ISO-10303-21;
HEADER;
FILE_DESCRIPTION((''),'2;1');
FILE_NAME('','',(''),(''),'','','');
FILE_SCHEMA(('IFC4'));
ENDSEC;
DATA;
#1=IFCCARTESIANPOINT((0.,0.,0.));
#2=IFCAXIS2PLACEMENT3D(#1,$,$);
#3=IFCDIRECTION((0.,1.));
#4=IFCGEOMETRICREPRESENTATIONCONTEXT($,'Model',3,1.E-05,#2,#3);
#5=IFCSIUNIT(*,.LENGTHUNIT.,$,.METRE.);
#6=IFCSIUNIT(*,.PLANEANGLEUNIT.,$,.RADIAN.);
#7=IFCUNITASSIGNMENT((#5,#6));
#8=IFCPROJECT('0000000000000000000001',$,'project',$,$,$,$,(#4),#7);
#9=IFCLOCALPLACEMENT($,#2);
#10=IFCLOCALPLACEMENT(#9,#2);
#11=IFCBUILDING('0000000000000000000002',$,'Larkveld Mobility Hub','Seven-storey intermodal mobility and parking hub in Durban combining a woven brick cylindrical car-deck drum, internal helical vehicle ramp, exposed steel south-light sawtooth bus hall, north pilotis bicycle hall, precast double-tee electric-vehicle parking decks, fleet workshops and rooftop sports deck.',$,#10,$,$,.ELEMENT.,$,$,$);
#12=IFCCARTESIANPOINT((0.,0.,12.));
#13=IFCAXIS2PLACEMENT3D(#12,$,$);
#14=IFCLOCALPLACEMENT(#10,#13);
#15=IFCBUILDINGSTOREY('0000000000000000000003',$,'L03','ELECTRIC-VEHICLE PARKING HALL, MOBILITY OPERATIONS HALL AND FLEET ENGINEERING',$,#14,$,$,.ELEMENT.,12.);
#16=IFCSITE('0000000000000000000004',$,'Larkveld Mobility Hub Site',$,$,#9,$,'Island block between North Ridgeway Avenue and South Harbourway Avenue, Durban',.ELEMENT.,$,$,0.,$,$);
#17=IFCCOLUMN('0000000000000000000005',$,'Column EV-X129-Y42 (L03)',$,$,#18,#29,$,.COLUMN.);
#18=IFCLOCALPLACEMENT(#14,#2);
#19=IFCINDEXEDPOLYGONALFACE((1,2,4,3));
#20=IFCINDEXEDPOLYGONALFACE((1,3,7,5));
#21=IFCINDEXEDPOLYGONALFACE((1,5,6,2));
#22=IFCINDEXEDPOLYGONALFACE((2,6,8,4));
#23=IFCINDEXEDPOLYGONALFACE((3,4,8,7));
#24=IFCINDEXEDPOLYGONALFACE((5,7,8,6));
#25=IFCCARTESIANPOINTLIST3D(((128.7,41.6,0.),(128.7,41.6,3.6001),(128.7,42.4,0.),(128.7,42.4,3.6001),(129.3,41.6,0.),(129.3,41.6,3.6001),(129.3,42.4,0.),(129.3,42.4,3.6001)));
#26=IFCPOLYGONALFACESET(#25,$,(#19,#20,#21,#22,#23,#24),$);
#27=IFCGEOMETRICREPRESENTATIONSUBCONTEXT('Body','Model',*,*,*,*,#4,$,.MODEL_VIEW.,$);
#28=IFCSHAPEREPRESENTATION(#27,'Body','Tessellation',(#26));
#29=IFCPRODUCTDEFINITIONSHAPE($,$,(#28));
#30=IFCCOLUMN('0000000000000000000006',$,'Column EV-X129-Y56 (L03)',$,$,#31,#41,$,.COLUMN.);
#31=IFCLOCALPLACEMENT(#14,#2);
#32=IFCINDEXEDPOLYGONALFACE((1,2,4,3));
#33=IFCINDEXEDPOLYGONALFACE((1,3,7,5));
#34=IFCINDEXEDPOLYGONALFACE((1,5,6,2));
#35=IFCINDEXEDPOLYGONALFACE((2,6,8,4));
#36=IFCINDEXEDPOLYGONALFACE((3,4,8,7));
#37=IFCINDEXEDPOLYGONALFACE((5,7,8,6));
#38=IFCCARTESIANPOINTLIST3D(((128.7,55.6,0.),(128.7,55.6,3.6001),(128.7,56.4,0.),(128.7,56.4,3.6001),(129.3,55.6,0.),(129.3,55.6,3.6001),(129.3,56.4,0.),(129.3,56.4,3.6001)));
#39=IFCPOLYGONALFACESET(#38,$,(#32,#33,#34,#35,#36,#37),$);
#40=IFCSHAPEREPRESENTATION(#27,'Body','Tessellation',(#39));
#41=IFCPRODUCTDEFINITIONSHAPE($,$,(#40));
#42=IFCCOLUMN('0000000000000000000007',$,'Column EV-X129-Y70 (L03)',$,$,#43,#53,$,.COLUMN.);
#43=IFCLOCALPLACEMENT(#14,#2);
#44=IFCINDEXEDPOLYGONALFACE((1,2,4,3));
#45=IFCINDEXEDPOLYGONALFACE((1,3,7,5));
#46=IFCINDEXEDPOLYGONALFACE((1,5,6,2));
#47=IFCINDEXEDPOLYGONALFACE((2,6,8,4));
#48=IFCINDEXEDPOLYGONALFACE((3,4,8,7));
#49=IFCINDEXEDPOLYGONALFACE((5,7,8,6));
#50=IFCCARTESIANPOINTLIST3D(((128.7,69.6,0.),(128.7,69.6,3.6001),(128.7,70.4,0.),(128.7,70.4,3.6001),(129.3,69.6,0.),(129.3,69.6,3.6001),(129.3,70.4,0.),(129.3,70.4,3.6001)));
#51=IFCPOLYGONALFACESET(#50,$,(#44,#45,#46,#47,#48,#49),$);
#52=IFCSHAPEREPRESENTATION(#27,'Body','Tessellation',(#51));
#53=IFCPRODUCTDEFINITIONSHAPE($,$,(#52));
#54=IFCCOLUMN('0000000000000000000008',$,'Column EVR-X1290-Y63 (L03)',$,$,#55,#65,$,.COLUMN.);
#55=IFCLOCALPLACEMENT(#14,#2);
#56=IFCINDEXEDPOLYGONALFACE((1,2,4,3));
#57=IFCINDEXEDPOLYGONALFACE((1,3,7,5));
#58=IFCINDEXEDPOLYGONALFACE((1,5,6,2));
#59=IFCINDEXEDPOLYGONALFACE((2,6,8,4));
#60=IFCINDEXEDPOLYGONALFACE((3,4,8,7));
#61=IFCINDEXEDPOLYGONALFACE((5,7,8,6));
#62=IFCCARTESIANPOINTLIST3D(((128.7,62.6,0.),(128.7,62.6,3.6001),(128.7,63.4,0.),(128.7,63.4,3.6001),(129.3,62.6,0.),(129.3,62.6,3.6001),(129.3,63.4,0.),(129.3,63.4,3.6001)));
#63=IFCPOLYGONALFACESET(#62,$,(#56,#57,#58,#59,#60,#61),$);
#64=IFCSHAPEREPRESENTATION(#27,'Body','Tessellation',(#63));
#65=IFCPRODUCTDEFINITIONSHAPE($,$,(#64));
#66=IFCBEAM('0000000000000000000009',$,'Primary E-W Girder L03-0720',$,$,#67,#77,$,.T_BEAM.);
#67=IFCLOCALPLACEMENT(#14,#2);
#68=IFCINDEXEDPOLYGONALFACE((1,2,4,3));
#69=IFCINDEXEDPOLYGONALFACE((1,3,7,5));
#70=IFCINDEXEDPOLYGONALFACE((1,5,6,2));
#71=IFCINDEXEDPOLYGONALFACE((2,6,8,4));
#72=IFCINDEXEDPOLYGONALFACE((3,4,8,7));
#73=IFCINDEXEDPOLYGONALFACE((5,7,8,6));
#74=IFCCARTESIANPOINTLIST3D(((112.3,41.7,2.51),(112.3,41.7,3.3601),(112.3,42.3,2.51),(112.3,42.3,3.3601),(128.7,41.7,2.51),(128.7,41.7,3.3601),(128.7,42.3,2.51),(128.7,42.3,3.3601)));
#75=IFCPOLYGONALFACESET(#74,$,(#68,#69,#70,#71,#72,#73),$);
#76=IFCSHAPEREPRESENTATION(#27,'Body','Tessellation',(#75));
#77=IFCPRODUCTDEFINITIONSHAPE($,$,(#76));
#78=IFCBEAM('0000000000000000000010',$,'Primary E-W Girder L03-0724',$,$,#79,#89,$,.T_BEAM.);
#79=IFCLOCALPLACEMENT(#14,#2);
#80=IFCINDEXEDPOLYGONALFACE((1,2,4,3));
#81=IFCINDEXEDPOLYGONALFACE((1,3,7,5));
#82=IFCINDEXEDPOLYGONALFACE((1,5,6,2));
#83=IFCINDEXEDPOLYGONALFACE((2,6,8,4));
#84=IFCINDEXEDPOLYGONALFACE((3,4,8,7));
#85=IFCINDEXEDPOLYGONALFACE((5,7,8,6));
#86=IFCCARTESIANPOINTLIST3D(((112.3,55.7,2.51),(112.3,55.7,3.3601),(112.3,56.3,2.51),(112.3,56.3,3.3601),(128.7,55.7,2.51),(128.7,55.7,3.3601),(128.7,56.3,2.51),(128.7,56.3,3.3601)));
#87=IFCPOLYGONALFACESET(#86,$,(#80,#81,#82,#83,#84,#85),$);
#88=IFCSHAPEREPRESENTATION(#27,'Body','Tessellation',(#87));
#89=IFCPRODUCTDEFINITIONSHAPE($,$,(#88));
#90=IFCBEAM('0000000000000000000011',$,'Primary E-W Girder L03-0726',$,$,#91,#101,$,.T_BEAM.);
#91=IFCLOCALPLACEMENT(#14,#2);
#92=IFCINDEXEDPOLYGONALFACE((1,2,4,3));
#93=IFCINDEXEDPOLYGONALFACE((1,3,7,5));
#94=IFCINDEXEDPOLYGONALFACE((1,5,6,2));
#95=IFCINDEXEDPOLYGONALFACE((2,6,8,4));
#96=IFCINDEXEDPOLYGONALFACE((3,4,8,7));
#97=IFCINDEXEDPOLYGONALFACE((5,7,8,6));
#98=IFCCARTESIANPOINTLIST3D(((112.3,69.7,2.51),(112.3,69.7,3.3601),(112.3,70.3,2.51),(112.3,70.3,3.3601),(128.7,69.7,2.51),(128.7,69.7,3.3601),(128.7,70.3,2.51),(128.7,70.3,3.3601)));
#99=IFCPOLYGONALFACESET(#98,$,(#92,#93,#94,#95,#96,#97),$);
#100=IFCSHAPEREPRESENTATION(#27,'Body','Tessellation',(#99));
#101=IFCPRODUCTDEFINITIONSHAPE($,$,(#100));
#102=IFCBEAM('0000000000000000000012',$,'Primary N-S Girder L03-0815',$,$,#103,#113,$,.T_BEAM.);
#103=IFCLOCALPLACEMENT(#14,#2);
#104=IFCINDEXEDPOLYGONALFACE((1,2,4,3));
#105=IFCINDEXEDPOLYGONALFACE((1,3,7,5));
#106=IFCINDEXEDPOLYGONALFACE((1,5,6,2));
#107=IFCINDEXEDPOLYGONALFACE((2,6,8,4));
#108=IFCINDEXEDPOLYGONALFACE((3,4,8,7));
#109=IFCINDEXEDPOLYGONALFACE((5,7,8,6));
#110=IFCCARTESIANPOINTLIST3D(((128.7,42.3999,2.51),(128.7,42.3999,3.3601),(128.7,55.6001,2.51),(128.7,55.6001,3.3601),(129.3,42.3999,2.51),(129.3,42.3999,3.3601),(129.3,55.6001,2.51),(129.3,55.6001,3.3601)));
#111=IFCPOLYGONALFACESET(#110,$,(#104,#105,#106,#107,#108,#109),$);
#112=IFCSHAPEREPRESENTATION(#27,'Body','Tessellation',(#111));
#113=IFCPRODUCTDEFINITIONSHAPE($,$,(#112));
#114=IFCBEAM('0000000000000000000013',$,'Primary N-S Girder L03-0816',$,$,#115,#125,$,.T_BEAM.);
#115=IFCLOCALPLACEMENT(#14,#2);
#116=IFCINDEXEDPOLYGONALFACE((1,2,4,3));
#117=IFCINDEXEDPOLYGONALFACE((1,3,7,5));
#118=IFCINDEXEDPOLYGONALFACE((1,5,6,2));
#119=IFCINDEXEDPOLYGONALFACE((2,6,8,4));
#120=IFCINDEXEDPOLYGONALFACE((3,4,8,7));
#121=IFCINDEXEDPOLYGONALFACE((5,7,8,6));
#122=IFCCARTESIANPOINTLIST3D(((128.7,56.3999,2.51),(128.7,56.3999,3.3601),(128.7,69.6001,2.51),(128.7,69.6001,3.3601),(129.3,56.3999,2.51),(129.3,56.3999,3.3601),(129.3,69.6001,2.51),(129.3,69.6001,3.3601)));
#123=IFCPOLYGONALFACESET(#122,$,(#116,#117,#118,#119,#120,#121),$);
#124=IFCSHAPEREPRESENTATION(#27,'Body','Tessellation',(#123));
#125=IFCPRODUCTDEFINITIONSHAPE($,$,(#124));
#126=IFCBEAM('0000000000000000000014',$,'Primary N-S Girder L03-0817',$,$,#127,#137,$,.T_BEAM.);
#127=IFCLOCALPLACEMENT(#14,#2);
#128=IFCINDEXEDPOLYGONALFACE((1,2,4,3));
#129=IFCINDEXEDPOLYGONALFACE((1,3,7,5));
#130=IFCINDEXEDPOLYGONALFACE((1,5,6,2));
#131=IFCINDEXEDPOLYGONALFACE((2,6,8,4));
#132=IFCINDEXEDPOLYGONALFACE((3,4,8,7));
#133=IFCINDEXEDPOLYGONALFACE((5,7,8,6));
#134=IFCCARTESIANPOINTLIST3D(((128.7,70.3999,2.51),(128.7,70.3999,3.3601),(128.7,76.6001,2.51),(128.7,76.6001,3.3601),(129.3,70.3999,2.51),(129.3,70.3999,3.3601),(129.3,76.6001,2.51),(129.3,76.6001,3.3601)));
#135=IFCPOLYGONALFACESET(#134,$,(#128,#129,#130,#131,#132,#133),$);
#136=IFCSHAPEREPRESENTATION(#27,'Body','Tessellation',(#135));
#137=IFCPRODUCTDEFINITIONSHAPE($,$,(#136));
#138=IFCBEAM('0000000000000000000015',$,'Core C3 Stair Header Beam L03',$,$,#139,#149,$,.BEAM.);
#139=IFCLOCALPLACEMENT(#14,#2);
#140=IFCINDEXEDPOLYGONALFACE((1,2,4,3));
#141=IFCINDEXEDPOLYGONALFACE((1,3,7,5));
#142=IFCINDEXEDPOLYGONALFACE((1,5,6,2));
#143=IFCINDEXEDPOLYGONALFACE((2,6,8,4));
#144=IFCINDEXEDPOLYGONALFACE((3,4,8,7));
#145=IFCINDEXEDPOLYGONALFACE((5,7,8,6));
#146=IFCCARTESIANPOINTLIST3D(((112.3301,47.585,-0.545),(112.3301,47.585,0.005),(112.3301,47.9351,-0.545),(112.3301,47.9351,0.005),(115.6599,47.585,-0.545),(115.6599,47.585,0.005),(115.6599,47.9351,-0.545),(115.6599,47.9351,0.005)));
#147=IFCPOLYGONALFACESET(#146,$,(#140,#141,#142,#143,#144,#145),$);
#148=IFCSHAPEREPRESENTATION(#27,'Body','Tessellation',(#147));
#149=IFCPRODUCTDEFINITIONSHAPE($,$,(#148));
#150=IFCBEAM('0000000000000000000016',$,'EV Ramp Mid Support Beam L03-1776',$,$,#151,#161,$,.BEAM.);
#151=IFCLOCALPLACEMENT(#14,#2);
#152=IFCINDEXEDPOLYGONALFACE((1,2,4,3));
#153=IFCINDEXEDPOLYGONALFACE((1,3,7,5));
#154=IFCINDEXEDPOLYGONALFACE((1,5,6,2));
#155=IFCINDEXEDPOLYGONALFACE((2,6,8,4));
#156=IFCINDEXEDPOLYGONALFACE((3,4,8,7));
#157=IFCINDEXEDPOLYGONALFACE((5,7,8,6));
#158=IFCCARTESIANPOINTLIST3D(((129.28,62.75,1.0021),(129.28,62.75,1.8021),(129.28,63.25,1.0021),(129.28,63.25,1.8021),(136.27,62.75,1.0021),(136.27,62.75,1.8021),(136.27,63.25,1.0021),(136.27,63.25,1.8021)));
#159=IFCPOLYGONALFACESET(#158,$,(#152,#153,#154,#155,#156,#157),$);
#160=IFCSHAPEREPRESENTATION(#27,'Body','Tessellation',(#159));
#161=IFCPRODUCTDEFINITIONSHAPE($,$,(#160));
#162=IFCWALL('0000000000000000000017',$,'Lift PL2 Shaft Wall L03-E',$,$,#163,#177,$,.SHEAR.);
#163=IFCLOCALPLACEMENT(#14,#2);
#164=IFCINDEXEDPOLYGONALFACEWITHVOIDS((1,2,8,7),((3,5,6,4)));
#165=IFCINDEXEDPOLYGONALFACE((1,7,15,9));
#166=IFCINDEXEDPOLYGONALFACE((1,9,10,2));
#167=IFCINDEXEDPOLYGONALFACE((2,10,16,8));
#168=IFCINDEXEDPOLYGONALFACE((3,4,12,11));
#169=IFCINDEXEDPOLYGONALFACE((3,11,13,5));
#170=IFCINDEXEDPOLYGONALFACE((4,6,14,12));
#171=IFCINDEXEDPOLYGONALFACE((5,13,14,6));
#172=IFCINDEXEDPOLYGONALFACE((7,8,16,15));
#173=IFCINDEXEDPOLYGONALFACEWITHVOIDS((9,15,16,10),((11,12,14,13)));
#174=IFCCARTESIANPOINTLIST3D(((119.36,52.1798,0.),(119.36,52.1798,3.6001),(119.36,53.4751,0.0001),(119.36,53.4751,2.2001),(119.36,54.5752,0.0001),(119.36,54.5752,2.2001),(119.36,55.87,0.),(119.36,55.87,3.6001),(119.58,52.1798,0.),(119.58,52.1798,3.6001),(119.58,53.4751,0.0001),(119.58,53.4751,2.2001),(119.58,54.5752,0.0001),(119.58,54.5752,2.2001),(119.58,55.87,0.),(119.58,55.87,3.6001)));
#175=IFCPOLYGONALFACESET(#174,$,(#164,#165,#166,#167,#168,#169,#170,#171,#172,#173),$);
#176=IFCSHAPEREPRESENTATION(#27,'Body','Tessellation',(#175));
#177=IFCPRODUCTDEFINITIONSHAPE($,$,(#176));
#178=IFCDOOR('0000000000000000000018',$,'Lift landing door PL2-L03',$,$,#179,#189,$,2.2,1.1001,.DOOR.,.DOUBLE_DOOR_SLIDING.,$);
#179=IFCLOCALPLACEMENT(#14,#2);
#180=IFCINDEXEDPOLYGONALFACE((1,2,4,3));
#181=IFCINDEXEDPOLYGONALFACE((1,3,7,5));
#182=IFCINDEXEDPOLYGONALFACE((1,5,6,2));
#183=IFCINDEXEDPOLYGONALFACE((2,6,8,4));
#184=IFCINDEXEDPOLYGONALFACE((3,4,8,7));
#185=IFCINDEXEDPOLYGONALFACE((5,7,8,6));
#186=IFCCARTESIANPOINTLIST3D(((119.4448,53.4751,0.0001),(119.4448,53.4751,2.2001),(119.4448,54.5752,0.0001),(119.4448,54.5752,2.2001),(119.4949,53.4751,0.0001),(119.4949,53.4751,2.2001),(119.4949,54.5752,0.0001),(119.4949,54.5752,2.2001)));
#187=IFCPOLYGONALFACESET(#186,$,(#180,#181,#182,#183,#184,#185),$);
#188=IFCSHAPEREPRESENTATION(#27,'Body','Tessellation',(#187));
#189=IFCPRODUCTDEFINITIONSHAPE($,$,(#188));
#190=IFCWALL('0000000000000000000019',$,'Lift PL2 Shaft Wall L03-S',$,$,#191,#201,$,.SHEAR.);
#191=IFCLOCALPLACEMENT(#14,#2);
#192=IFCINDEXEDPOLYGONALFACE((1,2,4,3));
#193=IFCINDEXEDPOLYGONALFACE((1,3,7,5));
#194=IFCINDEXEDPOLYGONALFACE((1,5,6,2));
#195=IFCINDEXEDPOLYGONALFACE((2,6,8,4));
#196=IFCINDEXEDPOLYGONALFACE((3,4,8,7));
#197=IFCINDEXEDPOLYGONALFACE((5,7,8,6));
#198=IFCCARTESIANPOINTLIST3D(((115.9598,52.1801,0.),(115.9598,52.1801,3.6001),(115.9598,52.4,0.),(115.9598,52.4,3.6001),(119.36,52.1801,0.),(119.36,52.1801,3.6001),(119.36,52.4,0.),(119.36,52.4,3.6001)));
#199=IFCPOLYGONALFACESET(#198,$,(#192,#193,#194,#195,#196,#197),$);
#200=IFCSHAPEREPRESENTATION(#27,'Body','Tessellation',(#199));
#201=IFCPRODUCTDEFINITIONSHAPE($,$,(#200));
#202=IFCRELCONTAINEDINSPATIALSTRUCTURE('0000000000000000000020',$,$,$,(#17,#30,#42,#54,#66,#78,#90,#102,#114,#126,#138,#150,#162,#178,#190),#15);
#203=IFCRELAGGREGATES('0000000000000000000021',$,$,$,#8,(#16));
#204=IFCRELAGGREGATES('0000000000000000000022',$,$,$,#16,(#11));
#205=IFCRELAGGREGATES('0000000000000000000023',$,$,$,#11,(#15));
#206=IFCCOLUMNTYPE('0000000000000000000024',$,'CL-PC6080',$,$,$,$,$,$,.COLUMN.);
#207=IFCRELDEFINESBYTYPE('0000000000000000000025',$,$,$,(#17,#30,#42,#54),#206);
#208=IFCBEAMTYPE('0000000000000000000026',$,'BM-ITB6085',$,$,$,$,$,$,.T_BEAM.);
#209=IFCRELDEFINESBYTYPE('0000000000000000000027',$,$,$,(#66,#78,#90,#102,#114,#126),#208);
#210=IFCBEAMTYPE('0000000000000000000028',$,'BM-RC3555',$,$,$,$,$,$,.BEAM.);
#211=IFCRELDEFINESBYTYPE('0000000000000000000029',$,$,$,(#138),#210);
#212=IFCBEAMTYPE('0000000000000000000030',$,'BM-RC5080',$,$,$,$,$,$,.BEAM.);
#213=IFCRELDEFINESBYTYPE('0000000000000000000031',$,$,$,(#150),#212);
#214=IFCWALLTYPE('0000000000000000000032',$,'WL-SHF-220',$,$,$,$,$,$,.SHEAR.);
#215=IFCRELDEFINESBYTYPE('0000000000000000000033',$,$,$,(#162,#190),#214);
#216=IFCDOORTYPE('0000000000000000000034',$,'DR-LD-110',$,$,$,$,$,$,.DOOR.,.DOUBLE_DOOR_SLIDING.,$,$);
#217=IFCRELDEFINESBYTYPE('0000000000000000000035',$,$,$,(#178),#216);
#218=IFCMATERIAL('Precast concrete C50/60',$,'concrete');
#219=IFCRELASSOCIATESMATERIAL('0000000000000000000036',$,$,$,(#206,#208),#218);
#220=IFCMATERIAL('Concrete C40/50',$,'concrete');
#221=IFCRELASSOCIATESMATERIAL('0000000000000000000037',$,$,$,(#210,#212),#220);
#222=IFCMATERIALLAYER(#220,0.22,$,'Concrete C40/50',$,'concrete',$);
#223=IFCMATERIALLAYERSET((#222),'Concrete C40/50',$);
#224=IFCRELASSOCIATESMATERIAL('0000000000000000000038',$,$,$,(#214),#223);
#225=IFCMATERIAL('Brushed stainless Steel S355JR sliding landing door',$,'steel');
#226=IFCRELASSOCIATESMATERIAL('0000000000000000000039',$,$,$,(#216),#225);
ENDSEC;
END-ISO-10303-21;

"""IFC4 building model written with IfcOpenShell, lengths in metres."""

from ifc_helpers import new_model, si_unit, direction, frame, frame_2d, origin, origin_2d, place, context, subcontext, project, spatial, rectangle, extrude, material, layer, layer_set, material_profile, profile_set, type_object, element, fill, save


model = new_model("IFC4")

# Units and contexts
model_context = context("Model", 3, precision=1e-05, world=origin(), true_north=direction((0.0, 1.0)))
body_context = subcontext(model_context, "Body", "Model", "MODEL_VIEW")
ifc_project = project(units=[si_unit("LENGTHUNIT", "METRE"), si_unit("PLANEANGLEUNIT", "RADIAN")], contexts=[model_context])

# Site, building, storey
site_placement = place(None, origin())
site = spatial("IfcSite", under=ifc_project, at=site_placement, Name="Larkveld Mobility Hub Site", LongName="Island block between North Ridgeway Avenue and South Harbourway Avenue, Durban", CompositionType="ELEMENT", RefElevation=0.0)
building_placement = place(site_placement, origin())
building = spatial("IfcBuilding", under=site, at=building_placement, Name="Larkveld Mobility Hub", Description="Seven-storey intermodal mobility and parking hub in Durban combining a woven brick cylindrical car-deck drum, internal helical vehicle ramp, exposed steel south-light sawtooth bus hall, north pilotis bicycle hall, precast double-tee electric-vehicle parking decks, fleet workshops and rooftop sports deck.", CompositionType="ELEMENT")
storey_placement = place(building_placement, frame((0.0, 0.0, 12.0)))
storey = spatial("IfcBuildingStorey", under=building, at=storey_placement, Name="L03", Description="ELECTRIC-VEHICLE PARKING HALL, MOBILITY OPERATIONS HALL AND FLEET ENGINEERING", CompositionType="ELEMENT", Elevation=12.0)

# Columns
ifc_material_1 = material(Name="Precast concrete C50/60", Category="concrete")
ifc_material_profile_1 = material_profile(ifc_material_1, rectangle(XDim=0.6001, YDim=0.8, at=origin_2d()), Name="RC COL 600x800")
ifc_profile_set_1 = profile_set([ifc_material_profile_1], Name="Precast concrete C50/60")
column_type = type_object("IfcColumnType", Name="CL-PC6080", PredefinedType="COLUMN", material=ifc_profile_set_1)
for number, where, z_axis, x_axis, name in (
    (1, (129.0, 42.0, 0.0), (0.0, 0.0, 1.0), (1.0, 0.0, 0.0), "Column EV-X129-Y42 (L03)"),
    (2, (129.0, 56.0, 0.0), (0.0, 0.0, 1.0), (1.0, 0.0, 0.0), "Column EV-X129-Y56 (L03)"),
    (3, (129.0, 70.0, 0.0), (0.0, 0.0, 1.0), (1.0, 0.0, 0.0), "Column EV-X129-Y70 (L03)"),
    (4, (129.0, 63.0, 0.0), (0.0, 0.0, 1.0), (1.0, 0.0, 0.0), "Column EVR-X1290-Y63 (L03)"),
):
    element("IfcColumn", number, at=place(storey_placement, frame(where, z_axis=z_axis, x_axis=x_axis)), inside=storey, type_object=column_type, Name=name, PredefinedType="COLUMN", context=body_context, shape_type="SweptSolid", body=[
        extrude(rectangle(XDim=0.6001, YDim=0.8, at=origin_2d()), origin(), (0.0, 0.0, 1.0), 3.6001),
    ])

# Beams
ifc_material_profile_2 = material_profile(ifc_material_1, rectangle(XDim=0.6001, YDim=0.8501, at=origin_2d()), Name="PC ITB 600x850")
ifc_profile_set_2 = profile_set([ifc_material_profile_2], Name="Precast concrete C50/60")
beam_type_1 = type_object("IfcBeamType", Name="BM-ITB6085", PredefinedType="T_BEAM", material=ifc_profile_set_2)
for number, where, z_axis, x_axis, name in (
    (5, (112.3, 42.0, 2.9351), (1.0, 0.0, 0.0), (0.0, 1.0, 0.0), "Primary E-W Girder L03-0720"),
    (6, (112.3, 56.0, 2.9351), (1.0, 0.0, 0.0), (0.0, 1.0, 0.0), "Primary E-W Girder L03-0724"),
    (7, (112.3, 70.0, 2.9351), (1.0, 0.0, 0.0), (0.0, 1.0, 0.0), "Primary E-W Girder L03-0726"),
):
    element("IfcBeam", number, at=place(storey_placement, frame(where, z_axis=z_axis, x_axis=x_axis)), inside=storey, type_object=beam_type_1, Name=name, PredefinedType="T_BEAM", context=body_context, shape_type="SweptSolid", body=[
        extrude(rectangle(XDim=0.6001, YDim=0.8501, at=origin_2d()), origin(), (0.0, 0.0, 1.0), 16.3999),
    ])
for number, where, z_axis, x_axis, name in (
    (8, (129.0, 42.3999, 2.9351), (0.0, 1.0, 0.0), (-1.0, 0.0, 0.0), "Primary N-S Girder L03-0815"),
    (9, (129.0, 56.3999, 2.9351), (0.0, 1.0, 0.0), (-1.0, 0.0, 0.0), "Primary N-S Girder L03-0816"),
):
    element("IfcBeam", number, at=place(storey_placement, frame(where, z_axis=z_axis, x_axis=x_axis)), inside=storey, type_object=beam_type_1, Name=name, PredefinedType="T_BEAM", context=body_context, shape_type="SweptSolid", body=[
        extrude(rectangle(XDim=0.6001, YDim=0.8501, at=origin_2d()), origin(), (0.0, 0.0, 1.0), 13.2002),
    ])
beam_1_placement = place(storey_placement, frame((129.0, 70.3999, 2.9351), z_axis=(0.0, 1.0, 0.0), x_axis=(-1.0, 0.0, 0.0)))
element("IfcBeam", 10, at=beam_1_placement, inside=storey, type_object=beam_type_1, Name="Primary N-S Girder L03-0817", PredefinedType="T_BEAM", context=body_context, shape_type="SweptSolid", body=[
    extrude(rectangle(XDim=0.6001, YDim=0.8501, at=origin_2d()), origin(), (0.0, 0.0, 1.0), 6.2002),
])
ifc_material_2 = material(Name="Concrete C40/50", Category="concrete")
ifc_material_profile_3 = material_profile(ifc_material_2, rectangle(XDim=0.3501, YDim=0.55, at=origin_2d()), Name="RC BM 350x550")
ifc_profile_set_3 = profile_set([ifc_material_profile_3], Name="Concrete C40/50")
beam_type_2 = type_object("IfcBeamType", Name="BM-RC3555", PredefinedType="BEAM", material=ifc_profile_set_3)
beam_2_placement = place(storey_placement, frame((112.3301, 47.76, -0.27), z_axis=(1.0, 0.0, 0.0), x_axis=(0.0, 1.0, 0.0)))
element("IfcBeam", 11, at=beam_2_placement, inside=storey, type_object=beam_type_2, Name="Core C3 Stair Header Beam L03", PredefinedType="BEAM", context=body_context, shape_type="SweptSolid", body=[
    extrude(rectangle(XDim=0.3501, YDim=0.55, at=origin_2d()), origin(), (0.0, 0.0, 1.0), 3.3298),
])
ifc_material_profile_4 = material_profile(ifc_material_2, rectangle(XDim=0.5, YDim=0.8, at=origin_2d()), Name="RC BM 500x800")
ifc_profile_set_4 = profile_set([ifc_material_profile_4], Name="Concrete C40/50")
beam_type_3 = type_object("IfcBeamType", Name="BM-RC5080", PredefinedType="BEAM", material=ifc_profile_set_4)
beam_3_placement = place(storey_placement, frame((129.28, 63.0, 1.4021), z_axis=(1.0, 0.0, 0.0), x_axis=(0.0, 1.0, 0.0)))
element("IfcBeam", 12, at=beam_3_placement, inside=storey, type_object=beam_type_3, Name="EV Ramp Mid Support Beam L03-1776", PredefinedType="BEAM", context=body_context, shape_type="SweptSolid", body=[
    extrude(rectangle(XDim=0.5, YDim=0.8, at=origin_2d()), origin(), (0.0, 0.0, 1.0), 6.99),
])

# Wall, opening, door
ifc_layer_1 = layer(ifc_material_2, 0.22, Name="Concrete C40/50", Category="concrete")
ifc_layer_set_1 = layer_set([ifc_layer_1], Name="Concrete C40/50")
wall_type_1 = type_object("IfcWallType", Name="WL-SHF-220", PredefinedType="SHEAR", material=ifc_layer_set_1)
wall_1_placement = place(storey_placement, frame((119.47, 55.8701, 0.0), z_axis=(0.0, 0.0, 1.0), x_axis=(0.0, -1.0, 0.0)))
wall_1 = element("IfcWall", 13, at=wall_1_placement, inside=storey, type_object=wall_type_1, Name="Lift PL2 Shaft Wall L03-E", PredefinedType="SHEAR", context=body_context, shape_type="SweptSolid", body=[
    extrude(rectangle(XDim=3.6902, YDim=0.22, at=frame_2d((1.8452, 0.0))), origin(), (0.0, 0.0, 1.0), 3.6001),
])
opening_1_placement = place(wall_1_placement, frame((1.2949, 0.0, 0.0)))
opening_1 = element("IfcOpeningElement", 14, at=opening_1_placement, cuts=wall_1, PredefinedType="OPENING", context=body_context, shape_type="SweptSolid", body=[
    extrude(rectangle(XDim=1.1001, YDim=2.2, at=frame_2d((0.55, 1.1001))), frame((0.0, 0.1201, 0.0), z_axis=(0.0, -1.0, 0.0), x_axis=(1.0, 0.0, 0.0)), (0.0, 0.0, 1.0), 0.24),
])
ifc_material_3 = material(Name="Brushed stainless Steel S355JR sliding landing door", Category="steel")
door_type_1 = type_object("IfcDoorType", Name="DR-LD-110", OperationType="DOUBLE_DOOR_SLIDING", PredefinedType="DOOR", material=ifc_material_3)
door_1_placement = place(opening_1_placement, origin())
door_1 = element("IfcDoor", 15, at=door_1_placement, inside=storey, type_object=door_type_1, Name="Lift landing door PL2-L03", OperationType="DOUBLE_DOOR_SLIDING", OverallHeight=2.2, OverallWidth=1.1001, PredefinedType="DOOR", context=body_context, shape_type="SweptSolid", body=[
    extrude(rectangle(XDim=1.1001, YDim=2.2, at=frame_2d((0.55, 1.1001))), frame((0.0, 0.0249, 0.0), z_axis=(0.0, -1.0, 0.0), x_axis=(1.0, 0.0, 0.0)), (0.0, 0.0, 1.0), 0.05),
])
fill(opening_1, door_1)

# Wall
for number, where, z_axis, x_axis, name in (
    (16, (119.3601, 52.29, 0.0), (0.0, 0.0, 1.0), (-1.0, 0.0, 0.0), "Lift PL2 Shaft Wall L03-S"),
):
    element("IfcWall", number, at=place(storey_placement, frame(where, z_axis=z_axis, x_axis=x_axis)), inside=storey, type_object=wall_type_1, Name=name, PredefinedType="SHEAR", context=body_context, shape_type="SweptSolid", body=[
        extrude(rectangle(XDim=3.4001, YDim=0.22, at=frame_2d((1.7002, 0.0))), origin(), (0.0, 0.0, 1.0), 3.6001),
    ])

save(model, "model.ifc")
